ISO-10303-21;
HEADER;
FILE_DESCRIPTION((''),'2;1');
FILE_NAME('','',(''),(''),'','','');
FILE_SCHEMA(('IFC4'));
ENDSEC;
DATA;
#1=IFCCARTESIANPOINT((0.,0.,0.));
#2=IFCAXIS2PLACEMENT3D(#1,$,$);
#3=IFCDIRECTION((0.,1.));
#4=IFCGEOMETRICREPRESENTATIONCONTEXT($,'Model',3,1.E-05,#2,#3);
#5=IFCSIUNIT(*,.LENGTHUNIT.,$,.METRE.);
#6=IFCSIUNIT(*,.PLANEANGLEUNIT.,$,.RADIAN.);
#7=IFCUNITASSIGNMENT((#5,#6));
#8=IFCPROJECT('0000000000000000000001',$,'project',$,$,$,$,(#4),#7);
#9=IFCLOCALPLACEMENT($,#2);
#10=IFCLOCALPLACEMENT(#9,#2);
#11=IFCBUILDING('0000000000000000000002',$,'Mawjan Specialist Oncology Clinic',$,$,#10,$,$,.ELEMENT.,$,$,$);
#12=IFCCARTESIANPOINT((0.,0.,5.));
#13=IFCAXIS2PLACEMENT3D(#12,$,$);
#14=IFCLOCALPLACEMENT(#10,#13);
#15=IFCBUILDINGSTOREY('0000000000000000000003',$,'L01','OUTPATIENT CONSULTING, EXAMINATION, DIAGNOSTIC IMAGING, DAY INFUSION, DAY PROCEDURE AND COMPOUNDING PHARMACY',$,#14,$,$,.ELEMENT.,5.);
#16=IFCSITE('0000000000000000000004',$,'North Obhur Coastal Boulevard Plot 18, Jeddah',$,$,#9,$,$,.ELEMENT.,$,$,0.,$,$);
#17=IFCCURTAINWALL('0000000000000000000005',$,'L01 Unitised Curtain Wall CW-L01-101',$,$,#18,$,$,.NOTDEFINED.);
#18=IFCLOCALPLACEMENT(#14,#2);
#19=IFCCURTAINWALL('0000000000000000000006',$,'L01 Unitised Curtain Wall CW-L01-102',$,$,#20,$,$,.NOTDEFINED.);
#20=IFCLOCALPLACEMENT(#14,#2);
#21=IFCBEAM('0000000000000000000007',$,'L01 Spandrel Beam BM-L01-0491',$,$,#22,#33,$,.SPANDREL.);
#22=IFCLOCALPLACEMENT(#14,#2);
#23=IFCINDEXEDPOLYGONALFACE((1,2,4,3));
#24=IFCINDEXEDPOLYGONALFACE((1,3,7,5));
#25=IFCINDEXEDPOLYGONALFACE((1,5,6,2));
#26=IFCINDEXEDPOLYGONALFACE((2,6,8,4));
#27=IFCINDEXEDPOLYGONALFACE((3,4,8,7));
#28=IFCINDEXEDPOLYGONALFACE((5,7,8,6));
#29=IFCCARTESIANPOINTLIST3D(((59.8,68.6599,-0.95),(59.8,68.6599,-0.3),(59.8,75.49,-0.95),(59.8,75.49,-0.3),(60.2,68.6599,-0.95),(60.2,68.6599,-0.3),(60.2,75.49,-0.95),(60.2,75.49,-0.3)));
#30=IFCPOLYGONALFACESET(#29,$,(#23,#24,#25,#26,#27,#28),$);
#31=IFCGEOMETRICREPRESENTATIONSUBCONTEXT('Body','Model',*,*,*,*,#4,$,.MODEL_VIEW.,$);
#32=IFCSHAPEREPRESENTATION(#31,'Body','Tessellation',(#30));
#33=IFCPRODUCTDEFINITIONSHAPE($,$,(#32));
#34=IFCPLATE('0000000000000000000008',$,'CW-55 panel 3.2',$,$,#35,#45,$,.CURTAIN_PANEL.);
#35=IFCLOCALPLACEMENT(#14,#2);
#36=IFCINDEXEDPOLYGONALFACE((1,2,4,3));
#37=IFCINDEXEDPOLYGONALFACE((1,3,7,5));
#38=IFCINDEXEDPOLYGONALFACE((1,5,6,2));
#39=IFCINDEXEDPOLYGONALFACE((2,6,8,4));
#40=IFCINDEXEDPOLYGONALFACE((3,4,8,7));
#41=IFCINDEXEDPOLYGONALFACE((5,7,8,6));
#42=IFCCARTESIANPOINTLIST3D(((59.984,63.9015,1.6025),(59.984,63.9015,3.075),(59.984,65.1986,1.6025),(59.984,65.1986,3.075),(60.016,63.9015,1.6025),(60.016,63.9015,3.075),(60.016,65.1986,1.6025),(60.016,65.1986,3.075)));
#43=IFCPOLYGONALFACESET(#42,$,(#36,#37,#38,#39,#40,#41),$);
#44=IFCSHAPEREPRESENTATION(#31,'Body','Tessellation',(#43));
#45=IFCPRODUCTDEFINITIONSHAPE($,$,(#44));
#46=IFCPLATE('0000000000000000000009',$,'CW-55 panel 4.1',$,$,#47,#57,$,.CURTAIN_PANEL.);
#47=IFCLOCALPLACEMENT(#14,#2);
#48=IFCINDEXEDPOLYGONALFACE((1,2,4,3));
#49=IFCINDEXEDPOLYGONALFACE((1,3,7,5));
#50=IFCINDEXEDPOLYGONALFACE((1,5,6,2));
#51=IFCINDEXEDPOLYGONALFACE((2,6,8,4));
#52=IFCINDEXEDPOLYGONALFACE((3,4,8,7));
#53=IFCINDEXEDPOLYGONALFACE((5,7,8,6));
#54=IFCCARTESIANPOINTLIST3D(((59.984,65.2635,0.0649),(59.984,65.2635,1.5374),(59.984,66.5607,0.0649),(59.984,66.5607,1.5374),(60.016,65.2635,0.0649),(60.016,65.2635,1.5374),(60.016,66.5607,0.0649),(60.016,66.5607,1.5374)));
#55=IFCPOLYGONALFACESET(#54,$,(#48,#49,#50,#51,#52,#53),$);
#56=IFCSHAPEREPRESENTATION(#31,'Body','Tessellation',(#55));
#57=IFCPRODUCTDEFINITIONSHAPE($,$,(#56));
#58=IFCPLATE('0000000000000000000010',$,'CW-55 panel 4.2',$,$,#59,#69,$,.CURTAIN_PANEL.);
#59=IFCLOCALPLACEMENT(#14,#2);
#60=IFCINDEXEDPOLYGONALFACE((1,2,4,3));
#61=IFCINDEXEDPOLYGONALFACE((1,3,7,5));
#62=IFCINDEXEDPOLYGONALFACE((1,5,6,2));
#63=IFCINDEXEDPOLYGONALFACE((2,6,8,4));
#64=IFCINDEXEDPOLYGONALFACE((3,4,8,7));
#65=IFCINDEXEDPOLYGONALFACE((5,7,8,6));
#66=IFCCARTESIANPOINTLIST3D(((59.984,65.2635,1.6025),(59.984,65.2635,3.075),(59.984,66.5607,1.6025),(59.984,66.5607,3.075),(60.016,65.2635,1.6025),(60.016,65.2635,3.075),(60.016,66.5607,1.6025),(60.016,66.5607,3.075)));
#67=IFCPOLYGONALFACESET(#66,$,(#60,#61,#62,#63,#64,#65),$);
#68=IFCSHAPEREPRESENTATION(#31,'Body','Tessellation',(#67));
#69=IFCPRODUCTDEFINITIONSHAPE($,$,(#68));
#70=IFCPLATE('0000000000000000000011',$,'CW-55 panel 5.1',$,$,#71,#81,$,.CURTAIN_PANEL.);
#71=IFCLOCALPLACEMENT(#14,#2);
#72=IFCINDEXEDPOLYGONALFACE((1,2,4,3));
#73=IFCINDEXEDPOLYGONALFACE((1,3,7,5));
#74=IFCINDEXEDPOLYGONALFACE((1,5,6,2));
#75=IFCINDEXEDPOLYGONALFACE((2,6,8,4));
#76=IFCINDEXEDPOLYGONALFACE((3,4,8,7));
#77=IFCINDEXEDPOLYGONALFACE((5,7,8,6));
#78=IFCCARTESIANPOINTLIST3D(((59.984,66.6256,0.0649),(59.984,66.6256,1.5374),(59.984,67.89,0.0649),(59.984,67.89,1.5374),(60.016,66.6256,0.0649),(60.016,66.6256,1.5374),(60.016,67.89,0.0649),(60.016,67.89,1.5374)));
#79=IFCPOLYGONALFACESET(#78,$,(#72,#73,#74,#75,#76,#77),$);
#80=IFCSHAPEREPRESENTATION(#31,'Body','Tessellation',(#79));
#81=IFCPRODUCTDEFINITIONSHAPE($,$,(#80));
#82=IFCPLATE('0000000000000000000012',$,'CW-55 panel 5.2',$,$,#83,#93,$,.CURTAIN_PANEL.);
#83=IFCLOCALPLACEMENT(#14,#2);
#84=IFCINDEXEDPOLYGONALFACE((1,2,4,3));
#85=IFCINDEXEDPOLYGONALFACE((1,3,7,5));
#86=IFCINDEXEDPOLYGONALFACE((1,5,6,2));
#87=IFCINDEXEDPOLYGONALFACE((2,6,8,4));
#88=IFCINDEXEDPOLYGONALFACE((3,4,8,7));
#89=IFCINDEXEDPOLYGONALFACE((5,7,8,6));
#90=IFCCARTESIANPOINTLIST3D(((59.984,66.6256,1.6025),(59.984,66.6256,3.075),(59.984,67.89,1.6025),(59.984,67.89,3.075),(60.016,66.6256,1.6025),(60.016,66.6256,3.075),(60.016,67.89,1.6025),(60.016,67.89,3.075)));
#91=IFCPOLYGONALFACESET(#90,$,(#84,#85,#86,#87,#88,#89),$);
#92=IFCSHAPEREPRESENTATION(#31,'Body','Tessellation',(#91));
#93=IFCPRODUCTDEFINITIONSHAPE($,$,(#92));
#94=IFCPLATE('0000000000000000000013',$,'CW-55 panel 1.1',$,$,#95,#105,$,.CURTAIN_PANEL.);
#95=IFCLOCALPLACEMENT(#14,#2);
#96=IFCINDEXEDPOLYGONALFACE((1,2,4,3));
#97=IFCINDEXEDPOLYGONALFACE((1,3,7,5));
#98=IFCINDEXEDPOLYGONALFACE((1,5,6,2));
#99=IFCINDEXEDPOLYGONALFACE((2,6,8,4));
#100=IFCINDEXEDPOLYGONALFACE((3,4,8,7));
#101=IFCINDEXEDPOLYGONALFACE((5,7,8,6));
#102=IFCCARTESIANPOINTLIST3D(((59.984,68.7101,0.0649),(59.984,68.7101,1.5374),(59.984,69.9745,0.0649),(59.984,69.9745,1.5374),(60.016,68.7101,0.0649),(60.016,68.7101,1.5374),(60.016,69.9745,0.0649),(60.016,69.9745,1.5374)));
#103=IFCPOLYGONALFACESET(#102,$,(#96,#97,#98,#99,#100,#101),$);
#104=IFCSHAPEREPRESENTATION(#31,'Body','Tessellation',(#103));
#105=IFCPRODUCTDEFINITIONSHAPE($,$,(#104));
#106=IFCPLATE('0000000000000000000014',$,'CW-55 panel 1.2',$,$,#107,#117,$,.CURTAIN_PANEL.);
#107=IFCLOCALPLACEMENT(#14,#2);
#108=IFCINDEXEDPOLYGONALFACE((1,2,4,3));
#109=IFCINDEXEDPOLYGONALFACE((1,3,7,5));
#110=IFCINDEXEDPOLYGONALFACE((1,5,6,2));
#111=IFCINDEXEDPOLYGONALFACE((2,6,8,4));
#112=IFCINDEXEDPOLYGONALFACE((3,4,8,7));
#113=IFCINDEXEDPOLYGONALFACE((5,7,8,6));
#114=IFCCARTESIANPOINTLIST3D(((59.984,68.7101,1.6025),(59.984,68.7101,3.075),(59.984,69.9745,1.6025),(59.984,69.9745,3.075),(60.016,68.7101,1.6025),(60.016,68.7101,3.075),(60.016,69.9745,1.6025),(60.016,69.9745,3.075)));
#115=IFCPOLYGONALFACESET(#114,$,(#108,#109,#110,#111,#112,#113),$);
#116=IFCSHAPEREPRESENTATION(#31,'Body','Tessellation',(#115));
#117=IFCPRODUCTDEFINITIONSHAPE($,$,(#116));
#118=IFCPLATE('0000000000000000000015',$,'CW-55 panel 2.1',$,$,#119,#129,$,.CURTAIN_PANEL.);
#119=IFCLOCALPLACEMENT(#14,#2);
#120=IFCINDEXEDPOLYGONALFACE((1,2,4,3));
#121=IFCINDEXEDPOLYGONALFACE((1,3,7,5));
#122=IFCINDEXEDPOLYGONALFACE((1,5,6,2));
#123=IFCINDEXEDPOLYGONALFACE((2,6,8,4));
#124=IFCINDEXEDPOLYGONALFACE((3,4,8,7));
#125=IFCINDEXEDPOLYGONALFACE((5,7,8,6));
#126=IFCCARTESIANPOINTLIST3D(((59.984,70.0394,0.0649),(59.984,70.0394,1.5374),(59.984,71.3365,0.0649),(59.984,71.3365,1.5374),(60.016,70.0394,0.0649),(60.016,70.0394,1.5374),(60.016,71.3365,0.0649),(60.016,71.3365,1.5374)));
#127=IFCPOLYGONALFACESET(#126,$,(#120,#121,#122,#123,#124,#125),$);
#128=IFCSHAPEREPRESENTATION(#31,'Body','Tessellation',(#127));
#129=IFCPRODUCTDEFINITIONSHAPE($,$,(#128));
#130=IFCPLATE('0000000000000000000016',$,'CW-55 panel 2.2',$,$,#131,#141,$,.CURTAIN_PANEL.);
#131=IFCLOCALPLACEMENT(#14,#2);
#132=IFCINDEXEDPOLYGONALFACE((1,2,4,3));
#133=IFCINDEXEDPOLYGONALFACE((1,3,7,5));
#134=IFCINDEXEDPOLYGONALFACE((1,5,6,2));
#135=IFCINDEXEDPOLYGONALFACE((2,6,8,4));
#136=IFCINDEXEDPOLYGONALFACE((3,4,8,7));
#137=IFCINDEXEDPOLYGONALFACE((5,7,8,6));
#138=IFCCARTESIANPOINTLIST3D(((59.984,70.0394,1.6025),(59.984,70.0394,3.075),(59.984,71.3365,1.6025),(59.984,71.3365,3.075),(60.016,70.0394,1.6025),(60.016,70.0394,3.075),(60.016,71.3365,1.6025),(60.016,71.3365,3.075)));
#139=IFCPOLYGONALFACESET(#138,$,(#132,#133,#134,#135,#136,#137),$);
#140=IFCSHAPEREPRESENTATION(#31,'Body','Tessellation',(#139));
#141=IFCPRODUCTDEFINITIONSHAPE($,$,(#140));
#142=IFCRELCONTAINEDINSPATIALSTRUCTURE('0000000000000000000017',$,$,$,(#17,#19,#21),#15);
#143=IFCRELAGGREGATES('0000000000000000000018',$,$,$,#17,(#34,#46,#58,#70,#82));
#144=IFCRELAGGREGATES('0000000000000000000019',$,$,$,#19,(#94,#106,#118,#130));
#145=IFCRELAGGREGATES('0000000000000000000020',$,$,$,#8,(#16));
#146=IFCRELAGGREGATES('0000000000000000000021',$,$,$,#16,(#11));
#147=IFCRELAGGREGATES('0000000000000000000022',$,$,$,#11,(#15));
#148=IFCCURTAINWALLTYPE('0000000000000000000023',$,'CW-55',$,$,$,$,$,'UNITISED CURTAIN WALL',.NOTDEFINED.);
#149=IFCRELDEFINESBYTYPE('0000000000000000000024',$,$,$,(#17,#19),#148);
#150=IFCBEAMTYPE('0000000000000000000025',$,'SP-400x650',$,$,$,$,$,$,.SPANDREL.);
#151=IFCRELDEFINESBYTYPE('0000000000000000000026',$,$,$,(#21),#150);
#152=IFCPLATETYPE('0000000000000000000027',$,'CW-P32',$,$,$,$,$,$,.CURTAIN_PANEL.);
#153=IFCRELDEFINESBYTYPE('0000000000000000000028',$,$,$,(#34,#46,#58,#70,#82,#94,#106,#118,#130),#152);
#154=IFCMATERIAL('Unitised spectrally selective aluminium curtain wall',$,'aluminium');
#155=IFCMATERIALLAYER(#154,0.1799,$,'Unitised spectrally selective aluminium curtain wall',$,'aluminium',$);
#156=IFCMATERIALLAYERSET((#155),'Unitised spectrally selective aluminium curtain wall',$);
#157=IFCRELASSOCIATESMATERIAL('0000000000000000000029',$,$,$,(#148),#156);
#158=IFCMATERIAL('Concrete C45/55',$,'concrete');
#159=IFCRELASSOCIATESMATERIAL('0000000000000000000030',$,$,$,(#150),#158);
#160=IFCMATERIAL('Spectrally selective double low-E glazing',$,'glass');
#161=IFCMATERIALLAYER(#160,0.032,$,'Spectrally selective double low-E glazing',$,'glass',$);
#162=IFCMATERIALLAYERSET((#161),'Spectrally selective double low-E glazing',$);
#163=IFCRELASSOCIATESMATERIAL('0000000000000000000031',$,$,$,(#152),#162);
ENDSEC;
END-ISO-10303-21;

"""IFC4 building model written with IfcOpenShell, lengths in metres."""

from ifc_helpers import new_model, si_unit, direction, frame, origin, origin_2d, place, context, subcontext, project, spatial, rectangle, extrude, material, layer, layer_set, material_profile, profile_set, type_object, element, aggregate, save


model = new_model("IFC4")

# Units and contexts
model_context = context("Model", 3, precision=1e-05, world=origin(), true_north=direction((0.0, 1.0)))
body_context = subcontext(model_context, "Body", "Model", "MODEL_VIEW")
ifc_project = project(units=[si_unit("LENGTHUNIT", "METRE"), si_unit("PLANEANGLEUNIT", "RADIAN")], contexts=[model_context])

# Site, building, storey
site_placement = place(None, origin())
site = spatial("IfcSite", under=ifc_project, at=site_placement, Name="North Obhur Coastal Boulevard Plot 18, Jeddah", CompositionType="ELEMENT", RefElevation=0.0)
building_placement = place(site_placement, origin())
building = spatial("IfcBuilding", under=site, at=building_placement, Name="Mawjan Specialist Oncology Clinic", CompositionType="ELEMENT")
storey_placement = place(building_placement, frame((0.0, 0.0, 5.0)))
storey = spatial("IfcBuildingStorey", under=building, at=storey_placement, Name="L01", Description="OUTPATIENT CONSULTING, EXAMINATION, DIAGNOSTIC IMAGING, DAY INFUSION, DAY PROCEDURE AND COMPOUNDING PHARMACY", CompositionType="ELEMENT", Elevation=5.0)

# Curtain walls
ifc_material_1 = material(Name="Unitised spectrally selective aluminium curtain wall", Category="aluminium")
ifc_layer_1 = layer(ifc_material_1, 0.1799, Name="Unitised spectrally selective aluminium curtain wall", Category="aluminium")
ifc_layer_set_1 = layer_set([ifc_layer_1], Name="Unitised spectrally selective aluminium curtain wall")
curtain_wall_type = type_object("IfcCurtainWallType", Name="CW-55", ElementType="UNITISED CURTAIN WALL", PredefinedType="NOTDEFINED", material=ifc_layer_set_1)
curtain_wall_1_placement = place(storey_placement, origin())
curtain_wall_1 = element("IfcCurtainWall", 1, at=curtain_wall_1_placement, inside=storey, type_object=curtain_wall_type, Name="L01 Unitised Curtain Wall CW-L01-101", PredefinedType="NOTDEFINED")
curtain_wall_2_placement = place(storey_placement, origin())
curtain_wall_2 = element("IfcCurtainWall", 2, at=curtain_wall_2_placement, inside=storey, type_object=curtain_wall_type, Name="L01 Unitised Curtain Wall CW-L01-102", PredefinedType="NOTDEFINED")

# Beam
ifc_material_2 = material(Name="Concrete C45/55", Category="concrete")
ifc_material_profile_1 = material_profile(ifc_material_2, rectangle(XDim=0.3999, YDim=0.6499, at=origin_2d()), Name="RC BM 400x650", Category="concrete")
ifc_profile_set_1 = profile_set([ifc_material_profile_1], Name="Concrete C45/55")
beam_type_1 = type_object("IfcBeamType", Name="SP-400x650", PredefinedType="SPANDREL", material=ifc_profile_set_1)
beam_1_placement = place(storey_placement, frame((60.0, 68.6599, -0.625), z_axis=(0.0, 1.0, 0.0), x_axis=(-1.0, 0.0, 0.0)))
element("IfcBeam", 3, at=beam_1_placement, inside=storey, type_object=beam_type_1, Name="L01 Spandrel Beam BM-L01-0491", PredefinedType="SPANDREL", context=body_context, shape_type="SweptSolid", body=[
    extrude(rectangle(XDim=0.3999, YDim=0.6499, at=origin_2d()), origin(), (0.0, 0.0, 1.0), 6.8301),
])

# Plates
ifc_material_3 = material(Name="Spectrally selective double low-E glazing", Category="glass")
ifc_layer_2 = layer(ifc_material_3, 0.032, Name="Spectrally selective double low-E glazing", Category="glass")
ifc_layer_set_2 = layer_set([ifc_layer_2], Name="Spectrally selective double low-E glazing")
plate_type = type_object("IfcPlateType", Name="CW-P32", PredefinedType="CURTAIN_PANEL", material=ifc_layer_set_2)
plate_1_placement = place(storey_placement, frame((60.0, 64.55, 1.6025), z_axis=(0.0, 0.0, 1.0), x_axis=(0.0, 1.0, 0.0)))
plate_1 = element("IfcPlate", 4, at=plate_1_placement, type_object=plate_type, Name="CW-55 panel 3.2", PredefinedType="CURTAIN_PANEL", context=body_context, shape_type="SweptSolid", body=[
    extrude(rectangle(XDim=1.2971, YDim=0.032, at=origin_2d()), origin(), (0.0, 0.0, 1.0), 1.4724),
])
plate_2_placement = place(storey_placement, frame((60.0, 65.9121, 0.0649), z_axis=(0.0, 0.0, 1.0), x_axis=(0.0, 1.0, 0.0)))
plate_2 = element("IfcPlate", 5, at=plate_2_placement, type_object=plate_type, Name="CW-55 panel 4.1", PredefinedType="CURTAIN_PANEL", context=body_context, shape_type="SweptSolid", body=[
    extrude(rectangle(XDim=1.2971, YDim=0.032, at=origin_2d()), origin(), (0.0, 0.0, 1.0), 1.4724),
])
plate_3_placement = place(storey_placement, frame((60.0, 65.9121, 1.6025), z_axis=(0.0, 0.0, 1.0), x_axis=(0.0, 1.0, 0.0)))
plate_3 = element("IfcPlate", 6, at=plate_3_placement, type_object=plate_type, Name="CW-55 panel 4.2", PredefinedType="CURTAIN_PANEL", context=body_context, shape_type="SweptSolid", body=[
    extrude(rectangle(XDim=1.2971, YDim=0.032, at=origin_2d()), origin(), (0.0, 0.0, 1.0), 1.4724),
])
plate_4_placement = place(storey_placement, frame((60.0, 67.2578, 0.0649), z_axis=(0.0, 0.0, 1.0), x_axis=(0.0, 1.0, 0.0)))
plate_4 = element("IfcPlate", 7, at=plate_4_placement, type_object=plate_type, Name="CW-55 panel 5.1", PredefinedType="CURTAIN_PANEL", context=body_context, shape_type="SweptSolid", body=[
    extrude(rectangle(XDim=1.2644, YDim=0.032, at=origin_2d()), origin(), (0.0, 0.0, 1.0), 1.4724),
])
plate_5_placement = place(storey_placement, frame((60.0, 67.2578, 1.6025), z_axis=(0.0, 0.0, 1.0), x_axis=(0.0, 1.0, 0.0)))
plate_5 = element("IfcPlate", 8, at=plate_5_placement, type_object=plate_type, Name="CW-55 panel 5.2", PredefinedType="CURTAIN_PANEL", context=body_context, shape_type="SweptSolid", body=[
    extrude(rectangle(XDim=1.2644, YDim=0.032, at=origin_2d()), origin(), (0.0, 0.0, 1.0), 1.4724),
])
aggregate(curtain_wall_1, [plate_1, plate_2, plate_3, plate_4, plate_5])
plate_6_placement = place(storey_placement, frame((60.0, 69.3423, 0.0649), z_axis=(0.0, 0.0, 1.0), x_axis=(0.0, 1.0, 0.0)))
plate_6 = element("IfcPlate", 9, at=plate_6_placement, type_object=plate_type, Name="CW-55 panel 1.1", PredefinedType="CURTAIN_PANEL", context=body_context, shape_type="SweptSolid", body=[
    extrude(rectangle(XDim=1.2644, YDim=0.032, at=origin_2d()), origin(), (0.0, 0.0, 1.0), 1.4724),
])
plate_7_placement = place(storey_placement, frame((60.0, 69.3423, 1.6025), z_axis=(0.0, 0.0, 1.0), x_axis=(0.0, 1.0, 0.0)))
plate_7 = element("IfcPlate", 10, at=plate_7_placement, type_object=plate_type, Name="CW-55 panel 1.2", PredefinedType="CURTAIN_PANEL", context=body_context, shape_type="SweptSolid", body=[
    extrude(rectangle(XDim=1.2644, YDim=0.032, at=origin_2d()), origin(), (0.0, 0.0, 1.0), 1.4724),
])
plate_8_placement = place(storey_placement, frame((60.0, 70.688, 0.0649), z_axis=(0.0, 0.0, 1.0), x_axis=(0.0, 1.0, 0.0)))
plate_8 = element("IfcPlate", 11, at=plate_8_placement, type_object=plate_type, Name="CW-55 panel 2.1", PredefinedType="CURTAIN_PANEL", context=body_context, shape_type="SweptSolid", body=[
    extrude(rectangle(XDim=1.2971, YDim=0.032, at=origin_2d()), origin(), (0.0, 0.0, 1.0), 1.4724),
])
plate_9_placement = place(storey_placement, frame((60.0, 70.688, 1.6025), z_axis=(0.0, 0.0, 1.0), x_axis=(0.0, 1.0, 0.0)))
plate_9 = element("IfcPlate", 12, at=plate_9_placement, type_object=plate_type, Name="CW-55 panel 2.2", PredefinedType="CURTAIN_PANEL", context=body_context, shape_type="SweptSolid", body=[
    extrude(rectangle(XDim=1.2971, YDim=0.032, at=origin_2d()), origin(), (0.0, 0.0, 1.0), 1.4724),
])
aggregate(curtain_wall_2, [plate_6, plate_7, plate_8, plate_9])

save(model, "model.ifc")
